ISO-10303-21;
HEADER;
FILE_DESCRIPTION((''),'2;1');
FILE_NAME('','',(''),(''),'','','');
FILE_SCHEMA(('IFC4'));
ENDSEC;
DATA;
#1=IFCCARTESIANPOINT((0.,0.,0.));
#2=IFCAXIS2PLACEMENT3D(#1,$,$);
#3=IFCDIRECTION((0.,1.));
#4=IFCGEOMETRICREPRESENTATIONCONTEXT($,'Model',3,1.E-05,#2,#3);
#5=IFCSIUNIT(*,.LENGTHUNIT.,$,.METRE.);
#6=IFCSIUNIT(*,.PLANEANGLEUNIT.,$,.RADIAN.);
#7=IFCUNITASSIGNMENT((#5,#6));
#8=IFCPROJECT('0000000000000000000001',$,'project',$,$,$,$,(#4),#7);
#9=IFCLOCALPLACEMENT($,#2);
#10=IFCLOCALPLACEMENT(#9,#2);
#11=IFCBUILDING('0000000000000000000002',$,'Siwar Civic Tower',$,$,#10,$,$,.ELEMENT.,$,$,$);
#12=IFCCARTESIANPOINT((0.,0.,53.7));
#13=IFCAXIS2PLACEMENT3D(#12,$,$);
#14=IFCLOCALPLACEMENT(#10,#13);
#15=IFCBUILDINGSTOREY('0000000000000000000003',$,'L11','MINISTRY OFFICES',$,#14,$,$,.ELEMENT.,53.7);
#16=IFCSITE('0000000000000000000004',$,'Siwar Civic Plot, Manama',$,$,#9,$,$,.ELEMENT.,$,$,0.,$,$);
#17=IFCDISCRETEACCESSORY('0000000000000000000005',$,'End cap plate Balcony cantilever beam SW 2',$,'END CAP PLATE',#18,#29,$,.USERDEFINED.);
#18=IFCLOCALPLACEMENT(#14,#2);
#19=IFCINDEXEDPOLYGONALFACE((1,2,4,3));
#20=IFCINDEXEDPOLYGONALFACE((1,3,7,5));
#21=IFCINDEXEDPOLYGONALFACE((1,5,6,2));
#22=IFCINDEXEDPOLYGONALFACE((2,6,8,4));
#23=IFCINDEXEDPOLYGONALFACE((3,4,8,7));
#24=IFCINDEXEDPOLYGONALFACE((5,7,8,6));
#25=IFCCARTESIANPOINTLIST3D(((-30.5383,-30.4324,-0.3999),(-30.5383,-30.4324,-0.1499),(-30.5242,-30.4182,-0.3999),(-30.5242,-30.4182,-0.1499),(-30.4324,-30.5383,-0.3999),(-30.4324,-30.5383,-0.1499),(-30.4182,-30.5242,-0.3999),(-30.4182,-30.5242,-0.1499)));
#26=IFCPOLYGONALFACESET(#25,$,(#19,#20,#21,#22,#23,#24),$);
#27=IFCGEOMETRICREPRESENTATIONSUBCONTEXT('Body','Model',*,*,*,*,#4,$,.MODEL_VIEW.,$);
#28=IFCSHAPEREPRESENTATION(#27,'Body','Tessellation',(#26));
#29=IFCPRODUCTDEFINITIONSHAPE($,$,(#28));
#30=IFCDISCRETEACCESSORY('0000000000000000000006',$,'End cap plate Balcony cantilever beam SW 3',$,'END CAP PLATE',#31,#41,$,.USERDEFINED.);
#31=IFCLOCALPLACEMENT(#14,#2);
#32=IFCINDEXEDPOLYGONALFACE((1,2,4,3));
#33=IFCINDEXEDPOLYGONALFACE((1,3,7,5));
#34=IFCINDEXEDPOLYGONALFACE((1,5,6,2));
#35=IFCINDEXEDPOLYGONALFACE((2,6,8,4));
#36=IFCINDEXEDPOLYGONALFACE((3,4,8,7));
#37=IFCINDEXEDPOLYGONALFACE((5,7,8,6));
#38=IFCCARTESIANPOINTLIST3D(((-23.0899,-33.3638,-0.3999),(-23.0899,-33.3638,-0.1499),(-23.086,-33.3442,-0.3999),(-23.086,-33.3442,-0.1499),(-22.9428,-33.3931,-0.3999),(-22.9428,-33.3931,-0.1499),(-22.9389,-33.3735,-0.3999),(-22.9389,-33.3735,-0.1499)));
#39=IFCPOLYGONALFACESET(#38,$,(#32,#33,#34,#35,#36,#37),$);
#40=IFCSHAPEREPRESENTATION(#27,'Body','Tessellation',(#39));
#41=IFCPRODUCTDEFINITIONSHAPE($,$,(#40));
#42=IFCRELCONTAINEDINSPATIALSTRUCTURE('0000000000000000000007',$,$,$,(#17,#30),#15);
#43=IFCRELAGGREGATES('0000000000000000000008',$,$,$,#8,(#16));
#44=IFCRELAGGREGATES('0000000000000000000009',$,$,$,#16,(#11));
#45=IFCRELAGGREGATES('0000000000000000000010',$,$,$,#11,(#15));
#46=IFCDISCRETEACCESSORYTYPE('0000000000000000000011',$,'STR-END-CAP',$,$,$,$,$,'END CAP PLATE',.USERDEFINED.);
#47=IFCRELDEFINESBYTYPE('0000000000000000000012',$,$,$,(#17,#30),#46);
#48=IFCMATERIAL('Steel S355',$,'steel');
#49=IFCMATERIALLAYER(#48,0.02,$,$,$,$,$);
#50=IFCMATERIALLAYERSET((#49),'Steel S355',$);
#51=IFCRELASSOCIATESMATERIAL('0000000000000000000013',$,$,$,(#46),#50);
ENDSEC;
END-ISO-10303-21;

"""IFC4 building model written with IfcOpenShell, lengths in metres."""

from ifc_helpers import new_model, si_unit, direction, frame, origin, origin_2d, place, context, subcontext, project, spatial, rectangle, extrude, material, layer, layer_set, type_object, element, save


model = new_model("IFC4")

# Units and contexts
model_context = context("Model", 3, precision=1e-05, world=origin(), true_north=direction((0.0, 1.0)))
body_context = subcontext(model_context, "Body", "Model", "MODEL_VIEW")
ifc_project = project(units=[si_unit("LENGTHUNIT", "METRE"), si_unit("PLANEANGLEUNIT", "RADIAN")], contexts=[model_context])

# Site, building, storey
site_placement = place(None, origin())
site = spatial("IfcSite", under=ifc_project, at=site_placement, Name="Siwar Civic Plot, Manama", CompositionType="ELEMENT", RefElevation=0.0)
building_placement = place(site_placement, origin())
building = spatial("IfcBuilding", under=site, at=building_placement, Name="Siwar Civic Tower", CompositionType="ELEMENT")
storey_placement = place(building_placement, frame((0.0, 0.0, 53.7)))
storey = spatial("IfcBuildingStorey", under=building, at=storey_placement, Name="L11", Description="MINISTRY OFFICES", CompositionType="ELEMENT", Elevation=53.7)

# Discrete accessories
ifc_material_1 = material(Name="Steel S355", Category="steel")
ifc_layer_1 = layer(ifc_material_1, 0.02)
ifc_layer_set_1 = layer_set([ifc_layer_1], Name="Steel S355")
discrete_accessory_type_1 = type_object("IfcDiscreteAccessoryType", Name="STR-END-CAP", ElementType="END CAP PLATE", PredefinedType="USERDEFINED", material=ifc_layer_set_1)
for number, where, z_axis, x_axis, name in (
    (1, (-30.4783, -30.4783, -0.3999), (0.0, 0.0, 1.0), (-0.707107, -0.707107, 0.0), "End cap plate Balcony cantilever beam SW 2"),
    (2, (-23.0144, -33.3687, -0.3999), (0.0, 0.0, 1.0), (-0.19509, -0.980785, 0.0), "End cap plate Balcony cantilever beam SW 3"),
):
    element("IfcDiscreteAccessory", number, at=place(storey_placement, frame(where, z_axis=z_axis, x_axis=x_axis)), inside=storey, type_object=discrete_accessory_type_1, Name=name, ObjectType="END CAP PLATE", PredefinedType="USERDEFINED", context=body_context, shape_type="SweptSolid", body=[
        extrude(rectangle(XDim=0.02, YDim=0.1499, at=origin_2d()), origin(), (0.0, 0.0, 1.0), 0.25),
    ])

save(model, "model.ifc")
